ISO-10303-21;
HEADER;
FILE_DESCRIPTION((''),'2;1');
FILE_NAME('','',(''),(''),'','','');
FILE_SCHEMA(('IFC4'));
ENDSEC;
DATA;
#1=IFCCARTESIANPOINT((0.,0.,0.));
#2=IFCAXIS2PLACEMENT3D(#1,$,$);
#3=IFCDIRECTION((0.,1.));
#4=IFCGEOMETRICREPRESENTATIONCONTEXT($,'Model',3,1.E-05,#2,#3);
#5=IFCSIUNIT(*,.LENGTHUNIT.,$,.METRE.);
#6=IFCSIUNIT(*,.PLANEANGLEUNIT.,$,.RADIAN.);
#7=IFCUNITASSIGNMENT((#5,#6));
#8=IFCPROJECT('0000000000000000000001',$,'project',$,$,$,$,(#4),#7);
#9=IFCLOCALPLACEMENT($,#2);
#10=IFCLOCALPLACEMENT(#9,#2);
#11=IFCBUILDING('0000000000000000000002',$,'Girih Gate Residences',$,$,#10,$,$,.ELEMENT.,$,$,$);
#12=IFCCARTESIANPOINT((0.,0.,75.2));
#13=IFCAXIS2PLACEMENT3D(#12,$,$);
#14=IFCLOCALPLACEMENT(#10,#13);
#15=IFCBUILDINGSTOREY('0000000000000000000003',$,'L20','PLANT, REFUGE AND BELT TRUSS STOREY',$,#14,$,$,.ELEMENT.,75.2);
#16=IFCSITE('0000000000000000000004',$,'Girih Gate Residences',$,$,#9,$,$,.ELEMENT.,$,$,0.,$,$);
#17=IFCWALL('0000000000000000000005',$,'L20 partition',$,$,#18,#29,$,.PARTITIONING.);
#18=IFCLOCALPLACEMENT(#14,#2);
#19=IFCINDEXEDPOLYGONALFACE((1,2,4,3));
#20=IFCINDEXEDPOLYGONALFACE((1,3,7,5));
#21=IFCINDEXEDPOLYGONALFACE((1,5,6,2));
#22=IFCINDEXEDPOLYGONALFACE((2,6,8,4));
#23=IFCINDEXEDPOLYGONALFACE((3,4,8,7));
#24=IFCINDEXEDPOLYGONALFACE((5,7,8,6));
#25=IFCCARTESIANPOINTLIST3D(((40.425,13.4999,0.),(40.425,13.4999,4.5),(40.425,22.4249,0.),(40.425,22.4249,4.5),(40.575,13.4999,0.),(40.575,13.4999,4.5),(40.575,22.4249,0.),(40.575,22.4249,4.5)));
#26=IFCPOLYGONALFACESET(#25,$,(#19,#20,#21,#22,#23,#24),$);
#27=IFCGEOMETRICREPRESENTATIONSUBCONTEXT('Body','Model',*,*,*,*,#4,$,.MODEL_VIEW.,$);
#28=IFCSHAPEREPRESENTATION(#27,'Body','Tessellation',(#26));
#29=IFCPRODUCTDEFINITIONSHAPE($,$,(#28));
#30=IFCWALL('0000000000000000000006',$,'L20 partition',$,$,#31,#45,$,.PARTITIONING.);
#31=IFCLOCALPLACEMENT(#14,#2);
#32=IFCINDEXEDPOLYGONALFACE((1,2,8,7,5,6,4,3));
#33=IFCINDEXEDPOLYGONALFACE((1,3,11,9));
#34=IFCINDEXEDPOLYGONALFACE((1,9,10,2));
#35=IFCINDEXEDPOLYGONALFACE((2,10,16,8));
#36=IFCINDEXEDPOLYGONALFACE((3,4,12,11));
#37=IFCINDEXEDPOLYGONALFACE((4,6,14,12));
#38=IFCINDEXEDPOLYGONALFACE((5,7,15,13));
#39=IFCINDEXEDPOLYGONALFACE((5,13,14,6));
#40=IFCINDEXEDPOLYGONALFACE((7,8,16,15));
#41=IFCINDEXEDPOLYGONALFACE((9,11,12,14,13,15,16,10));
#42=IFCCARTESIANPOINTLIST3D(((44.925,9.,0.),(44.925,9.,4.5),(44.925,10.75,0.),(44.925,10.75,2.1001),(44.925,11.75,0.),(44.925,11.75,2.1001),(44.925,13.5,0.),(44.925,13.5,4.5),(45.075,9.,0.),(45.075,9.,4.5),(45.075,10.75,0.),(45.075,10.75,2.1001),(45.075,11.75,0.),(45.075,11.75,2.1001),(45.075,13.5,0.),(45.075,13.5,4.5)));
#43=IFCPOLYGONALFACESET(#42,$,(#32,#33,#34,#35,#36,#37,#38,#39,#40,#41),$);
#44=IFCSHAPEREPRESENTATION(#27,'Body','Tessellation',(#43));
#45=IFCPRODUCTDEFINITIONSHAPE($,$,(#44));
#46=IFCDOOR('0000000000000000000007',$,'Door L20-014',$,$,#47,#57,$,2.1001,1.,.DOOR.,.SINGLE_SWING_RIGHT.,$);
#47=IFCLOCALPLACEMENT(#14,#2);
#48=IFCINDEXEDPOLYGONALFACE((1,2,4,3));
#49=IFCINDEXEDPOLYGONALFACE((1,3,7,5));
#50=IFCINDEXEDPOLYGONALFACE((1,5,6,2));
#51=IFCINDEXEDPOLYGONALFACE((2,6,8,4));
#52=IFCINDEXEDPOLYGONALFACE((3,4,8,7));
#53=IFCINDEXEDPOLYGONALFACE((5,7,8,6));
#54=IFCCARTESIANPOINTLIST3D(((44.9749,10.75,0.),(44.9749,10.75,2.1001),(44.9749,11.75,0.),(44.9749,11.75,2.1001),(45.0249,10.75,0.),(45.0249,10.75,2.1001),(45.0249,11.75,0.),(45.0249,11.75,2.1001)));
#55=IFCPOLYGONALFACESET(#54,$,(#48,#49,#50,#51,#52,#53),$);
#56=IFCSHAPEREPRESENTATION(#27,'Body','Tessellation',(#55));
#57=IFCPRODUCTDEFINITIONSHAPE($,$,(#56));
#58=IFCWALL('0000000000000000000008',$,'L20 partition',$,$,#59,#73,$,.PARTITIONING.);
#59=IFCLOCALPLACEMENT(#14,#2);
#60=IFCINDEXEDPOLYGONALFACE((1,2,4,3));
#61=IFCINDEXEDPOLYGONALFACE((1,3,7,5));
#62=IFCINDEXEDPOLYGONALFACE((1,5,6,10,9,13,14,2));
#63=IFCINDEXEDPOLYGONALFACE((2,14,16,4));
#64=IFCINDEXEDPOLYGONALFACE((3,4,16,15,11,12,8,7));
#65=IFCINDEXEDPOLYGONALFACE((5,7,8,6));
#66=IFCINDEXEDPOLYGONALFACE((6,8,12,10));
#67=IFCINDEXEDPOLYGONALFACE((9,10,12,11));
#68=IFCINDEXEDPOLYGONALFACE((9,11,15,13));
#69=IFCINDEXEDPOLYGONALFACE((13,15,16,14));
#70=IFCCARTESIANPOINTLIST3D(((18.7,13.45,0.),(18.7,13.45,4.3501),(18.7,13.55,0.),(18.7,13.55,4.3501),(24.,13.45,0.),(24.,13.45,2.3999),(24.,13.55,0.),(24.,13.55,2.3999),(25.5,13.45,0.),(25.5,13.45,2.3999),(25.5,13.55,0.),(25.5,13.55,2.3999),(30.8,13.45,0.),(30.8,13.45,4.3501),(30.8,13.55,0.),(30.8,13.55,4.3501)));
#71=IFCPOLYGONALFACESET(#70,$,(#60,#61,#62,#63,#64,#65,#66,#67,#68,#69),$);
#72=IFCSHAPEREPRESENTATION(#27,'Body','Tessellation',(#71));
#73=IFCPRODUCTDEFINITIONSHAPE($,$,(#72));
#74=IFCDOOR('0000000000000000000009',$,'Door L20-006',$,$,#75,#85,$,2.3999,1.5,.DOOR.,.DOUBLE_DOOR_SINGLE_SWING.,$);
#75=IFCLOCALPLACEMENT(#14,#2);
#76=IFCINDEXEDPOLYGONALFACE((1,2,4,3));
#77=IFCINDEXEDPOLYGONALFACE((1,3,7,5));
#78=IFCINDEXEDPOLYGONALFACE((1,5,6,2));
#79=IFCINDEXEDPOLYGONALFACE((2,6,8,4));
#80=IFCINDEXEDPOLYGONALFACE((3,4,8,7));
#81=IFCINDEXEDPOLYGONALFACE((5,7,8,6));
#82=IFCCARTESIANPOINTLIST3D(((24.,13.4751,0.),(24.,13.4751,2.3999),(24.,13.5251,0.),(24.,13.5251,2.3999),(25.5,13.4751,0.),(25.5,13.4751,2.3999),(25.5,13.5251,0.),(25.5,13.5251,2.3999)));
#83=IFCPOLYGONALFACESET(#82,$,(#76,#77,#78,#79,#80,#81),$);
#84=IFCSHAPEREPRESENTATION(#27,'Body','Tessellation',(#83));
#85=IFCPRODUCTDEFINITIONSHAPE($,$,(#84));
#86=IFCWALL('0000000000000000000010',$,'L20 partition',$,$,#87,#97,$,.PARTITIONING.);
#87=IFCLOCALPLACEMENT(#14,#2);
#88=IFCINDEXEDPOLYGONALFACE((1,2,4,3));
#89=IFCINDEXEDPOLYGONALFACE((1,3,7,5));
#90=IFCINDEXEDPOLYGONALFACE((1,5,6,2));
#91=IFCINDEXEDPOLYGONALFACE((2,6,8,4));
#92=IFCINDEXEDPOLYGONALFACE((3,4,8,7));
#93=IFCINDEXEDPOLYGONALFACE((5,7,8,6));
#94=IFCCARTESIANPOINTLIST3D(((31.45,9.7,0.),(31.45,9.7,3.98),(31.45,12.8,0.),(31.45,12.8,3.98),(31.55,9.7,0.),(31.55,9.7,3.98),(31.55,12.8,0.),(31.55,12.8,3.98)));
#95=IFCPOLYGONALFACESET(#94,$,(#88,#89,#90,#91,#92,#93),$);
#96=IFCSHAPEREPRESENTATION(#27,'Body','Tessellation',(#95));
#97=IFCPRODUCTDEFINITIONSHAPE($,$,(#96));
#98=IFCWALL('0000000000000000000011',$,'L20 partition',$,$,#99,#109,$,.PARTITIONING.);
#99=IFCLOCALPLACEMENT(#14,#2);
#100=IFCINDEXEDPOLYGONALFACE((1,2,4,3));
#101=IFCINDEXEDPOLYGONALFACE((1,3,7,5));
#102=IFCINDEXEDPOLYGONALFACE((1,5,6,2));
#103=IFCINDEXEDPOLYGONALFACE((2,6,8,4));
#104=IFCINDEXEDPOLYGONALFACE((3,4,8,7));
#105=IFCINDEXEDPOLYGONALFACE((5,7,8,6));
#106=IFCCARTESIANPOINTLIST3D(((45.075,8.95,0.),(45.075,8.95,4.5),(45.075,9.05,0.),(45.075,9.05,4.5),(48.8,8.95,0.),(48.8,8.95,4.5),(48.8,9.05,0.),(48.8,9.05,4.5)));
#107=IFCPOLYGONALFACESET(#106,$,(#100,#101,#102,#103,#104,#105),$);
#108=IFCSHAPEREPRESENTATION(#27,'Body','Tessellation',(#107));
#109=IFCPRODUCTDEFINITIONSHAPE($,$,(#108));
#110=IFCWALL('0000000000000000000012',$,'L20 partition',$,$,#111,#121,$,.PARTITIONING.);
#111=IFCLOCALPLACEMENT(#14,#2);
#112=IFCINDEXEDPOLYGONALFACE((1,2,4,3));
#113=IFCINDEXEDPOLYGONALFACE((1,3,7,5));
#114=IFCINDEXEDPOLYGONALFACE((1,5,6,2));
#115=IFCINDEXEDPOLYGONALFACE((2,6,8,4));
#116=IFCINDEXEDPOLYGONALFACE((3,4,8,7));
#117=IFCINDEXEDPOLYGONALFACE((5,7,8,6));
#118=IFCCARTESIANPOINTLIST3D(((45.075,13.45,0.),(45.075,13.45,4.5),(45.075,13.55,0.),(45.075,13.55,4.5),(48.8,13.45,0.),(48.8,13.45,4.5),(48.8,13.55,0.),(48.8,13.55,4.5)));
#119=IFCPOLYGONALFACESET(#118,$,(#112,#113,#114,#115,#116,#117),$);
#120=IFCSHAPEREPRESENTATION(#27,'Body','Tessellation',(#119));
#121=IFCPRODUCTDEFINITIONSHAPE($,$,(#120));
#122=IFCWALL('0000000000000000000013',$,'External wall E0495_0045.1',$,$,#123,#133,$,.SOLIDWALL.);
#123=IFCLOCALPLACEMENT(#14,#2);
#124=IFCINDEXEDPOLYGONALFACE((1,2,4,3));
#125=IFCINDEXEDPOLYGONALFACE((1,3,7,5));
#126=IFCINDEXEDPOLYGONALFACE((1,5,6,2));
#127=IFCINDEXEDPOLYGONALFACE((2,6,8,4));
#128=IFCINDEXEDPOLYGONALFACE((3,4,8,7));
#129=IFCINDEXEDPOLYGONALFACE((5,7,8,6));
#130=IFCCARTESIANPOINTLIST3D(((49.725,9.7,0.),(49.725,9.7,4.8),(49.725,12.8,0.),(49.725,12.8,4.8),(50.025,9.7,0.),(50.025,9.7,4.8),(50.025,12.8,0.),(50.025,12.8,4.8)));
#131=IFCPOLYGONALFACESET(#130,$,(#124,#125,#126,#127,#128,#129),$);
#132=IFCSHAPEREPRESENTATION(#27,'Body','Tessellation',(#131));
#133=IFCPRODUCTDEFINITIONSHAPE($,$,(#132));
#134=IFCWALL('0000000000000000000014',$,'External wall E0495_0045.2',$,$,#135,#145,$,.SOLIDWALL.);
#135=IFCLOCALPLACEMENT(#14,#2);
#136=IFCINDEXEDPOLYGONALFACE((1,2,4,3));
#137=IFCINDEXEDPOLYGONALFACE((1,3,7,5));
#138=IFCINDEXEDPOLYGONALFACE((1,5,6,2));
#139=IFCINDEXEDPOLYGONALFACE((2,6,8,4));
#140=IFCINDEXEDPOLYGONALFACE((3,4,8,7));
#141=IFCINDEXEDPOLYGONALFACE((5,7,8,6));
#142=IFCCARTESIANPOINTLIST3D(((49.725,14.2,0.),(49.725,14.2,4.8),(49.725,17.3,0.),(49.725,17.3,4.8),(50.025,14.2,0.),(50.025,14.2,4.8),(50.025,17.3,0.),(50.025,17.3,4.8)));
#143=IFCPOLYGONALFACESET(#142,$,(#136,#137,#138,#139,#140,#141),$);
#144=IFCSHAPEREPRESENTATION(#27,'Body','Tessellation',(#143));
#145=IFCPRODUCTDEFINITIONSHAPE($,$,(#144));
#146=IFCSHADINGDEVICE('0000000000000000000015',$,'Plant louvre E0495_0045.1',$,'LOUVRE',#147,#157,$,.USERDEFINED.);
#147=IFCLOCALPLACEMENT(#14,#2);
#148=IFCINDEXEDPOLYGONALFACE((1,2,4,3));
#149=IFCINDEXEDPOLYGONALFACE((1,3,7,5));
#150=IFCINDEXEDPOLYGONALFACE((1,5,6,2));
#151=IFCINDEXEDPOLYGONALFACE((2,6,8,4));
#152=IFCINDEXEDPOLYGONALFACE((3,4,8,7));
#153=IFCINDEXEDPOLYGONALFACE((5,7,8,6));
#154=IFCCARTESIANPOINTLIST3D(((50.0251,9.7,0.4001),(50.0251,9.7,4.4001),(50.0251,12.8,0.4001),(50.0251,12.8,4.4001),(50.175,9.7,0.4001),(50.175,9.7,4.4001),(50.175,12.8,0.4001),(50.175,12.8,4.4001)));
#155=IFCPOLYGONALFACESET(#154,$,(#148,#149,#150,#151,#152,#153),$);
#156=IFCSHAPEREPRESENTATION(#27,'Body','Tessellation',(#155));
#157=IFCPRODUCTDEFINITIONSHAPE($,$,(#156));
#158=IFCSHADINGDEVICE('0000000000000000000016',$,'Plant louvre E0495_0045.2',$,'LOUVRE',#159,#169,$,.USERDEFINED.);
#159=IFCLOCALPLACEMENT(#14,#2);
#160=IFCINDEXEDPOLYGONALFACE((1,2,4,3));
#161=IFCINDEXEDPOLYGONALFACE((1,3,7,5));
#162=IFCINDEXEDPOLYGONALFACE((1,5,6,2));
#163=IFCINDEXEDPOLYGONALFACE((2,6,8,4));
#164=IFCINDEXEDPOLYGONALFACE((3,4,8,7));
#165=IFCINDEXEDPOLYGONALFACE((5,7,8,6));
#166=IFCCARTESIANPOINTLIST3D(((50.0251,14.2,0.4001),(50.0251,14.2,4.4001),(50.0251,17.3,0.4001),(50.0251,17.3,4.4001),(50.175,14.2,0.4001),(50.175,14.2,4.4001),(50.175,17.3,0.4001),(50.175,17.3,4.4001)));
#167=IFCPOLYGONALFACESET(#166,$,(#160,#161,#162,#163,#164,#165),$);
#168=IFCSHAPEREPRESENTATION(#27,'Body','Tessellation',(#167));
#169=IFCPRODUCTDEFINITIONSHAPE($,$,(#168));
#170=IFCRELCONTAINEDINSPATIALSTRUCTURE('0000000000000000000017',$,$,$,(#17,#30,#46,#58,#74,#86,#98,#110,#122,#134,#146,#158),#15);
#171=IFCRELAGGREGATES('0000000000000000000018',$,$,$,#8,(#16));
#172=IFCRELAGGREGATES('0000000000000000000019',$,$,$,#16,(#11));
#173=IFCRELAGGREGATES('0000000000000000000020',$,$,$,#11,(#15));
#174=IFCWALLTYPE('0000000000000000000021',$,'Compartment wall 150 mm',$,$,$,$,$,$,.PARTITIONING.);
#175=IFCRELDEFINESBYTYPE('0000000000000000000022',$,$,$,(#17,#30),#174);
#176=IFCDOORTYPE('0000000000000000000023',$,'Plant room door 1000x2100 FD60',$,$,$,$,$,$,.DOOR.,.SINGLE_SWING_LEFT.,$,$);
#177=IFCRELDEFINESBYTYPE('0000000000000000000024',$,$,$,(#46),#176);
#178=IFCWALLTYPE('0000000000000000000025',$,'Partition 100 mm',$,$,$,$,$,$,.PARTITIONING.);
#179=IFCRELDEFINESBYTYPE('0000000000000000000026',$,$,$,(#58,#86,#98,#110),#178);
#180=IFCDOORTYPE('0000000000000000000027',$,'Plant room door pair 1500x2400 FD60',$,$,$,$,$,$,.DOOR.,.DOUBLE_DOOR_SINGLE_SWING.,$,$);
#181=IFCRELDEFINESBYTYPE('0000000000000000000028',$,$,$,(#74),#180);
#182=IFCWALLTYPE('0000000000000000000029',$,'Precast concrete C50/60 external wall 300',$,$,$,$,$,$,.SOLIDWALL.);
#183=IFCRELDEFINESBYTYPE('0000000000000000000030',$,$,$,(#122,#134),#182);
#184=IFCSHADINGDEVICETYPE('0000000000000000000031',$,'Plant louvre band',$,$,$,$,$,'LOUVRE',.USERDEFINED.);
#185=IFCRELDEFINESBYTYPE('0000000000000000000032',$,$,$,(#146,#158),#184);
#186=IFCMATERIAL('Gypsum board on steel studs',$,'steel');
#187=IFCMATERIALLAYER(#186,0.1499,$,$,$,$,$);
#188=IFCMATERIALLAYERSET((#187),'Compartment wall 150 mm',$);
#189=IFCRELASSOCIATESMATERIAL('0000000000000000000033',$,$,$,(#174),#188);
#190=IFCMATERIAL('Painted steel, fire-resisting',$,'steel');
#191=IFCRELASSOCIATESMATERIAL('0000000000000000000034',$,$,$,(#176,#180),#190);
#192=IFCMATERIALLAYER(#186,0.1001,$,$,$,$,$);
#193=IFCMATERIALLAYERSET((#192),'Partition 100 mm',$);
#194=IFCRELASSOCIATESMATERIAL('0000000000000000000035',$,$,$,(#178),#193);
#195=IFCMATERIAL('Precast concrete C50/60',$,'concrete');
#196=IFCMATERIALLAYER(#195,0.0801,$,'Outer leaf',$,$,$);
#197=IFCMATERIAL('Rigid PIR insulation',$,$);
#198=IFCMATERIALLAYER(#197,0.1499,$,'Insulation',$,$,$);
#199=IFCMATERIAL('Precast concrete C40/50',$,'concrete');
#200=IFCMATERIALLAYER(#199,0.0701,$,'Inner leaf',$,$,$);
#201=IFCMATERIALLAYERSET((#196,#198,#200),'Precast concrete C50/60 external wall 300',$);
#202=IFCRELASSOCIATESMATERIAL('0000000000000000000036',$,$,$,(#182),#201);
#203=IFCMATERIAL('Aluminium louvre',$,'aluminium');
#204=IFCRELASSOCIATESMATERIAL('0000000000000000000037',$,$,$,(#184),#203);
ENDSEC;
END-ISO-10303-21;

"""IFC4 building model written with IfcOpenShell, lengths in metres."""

from ifc_helpers import new_model, si_unit, direction, frame, frame_2d, origin, origin_2d, place, context, subcontext, project, spatial, rectangle, extrude, material, layer, layer_set, type_object, element, fill, save


model = new_model("IFC4")

# Units and contexts
model_context = context("Model", 3, precision=1e-05, world=origin(), true_north=direction((0.0, 1.0)))
body_context = subcontext(model_context, "Body", "Model", "MODEL_VIEW")
ifc_project = project(units=[si_unit("LENGTHUNIT", "METRE"), si_unit("PLANEANGLEUNIT", "RADIAN")], contexts=[model_context])

# Site, building, storey
site_placement = place(None, origin())
site = spatial("IfcSite", under=ifc_project, at=site_placement, Name="Girih Gate Residences", CompositionType="ELEMENT", RefElevation=0.0)
building_placement = place(site_placement, origin())
building = spatial("IfcBuilding", under=site, at=building_placement, Name="Girih Gate Residences", CompositionType="ELEMENT")
storey_placement = place(building_placement, frame((0.0, 0.0, 75.2)))
storey = spatial("IfcBuildingStorey", under=building, at=storey_placement, Name="L20", Description="PLANT, REFUGE AND BELT TRUSS STOREY", CompositionType="ELEMENT", Elevation=75.2)

# Wall
ifc_material_1 = material(Name="Gypsum board on steel studs", Category="steel")
ifc_layer_1 = layer(ifc_material_1, 0.1499)
ifc_layer_set_1 = layer_set([ifc_layer_1], Name="Compartment wall 150 mm")
wall_type_1 = type_object("IfcWallType", Name="Compartment wall 150 mm", PredefinedType="PARTITIONING", material=ifc_layer_set_1)
wall_1_placement = place(storey_placement, frame((40.5, 13.5, 0.0), z_axis=(0.0, 0.0, 1.0), x_axis=(0.0, 1.0, 0.0)))
element("IfcWall", 1, at=wall_1_placement, inside=storey, type_object=wall_type_1, Name="L20 partition", PredefinedType="PARTITIONING", context=body_context, shape_type="SweptSolid", body=[
    extrude(rectangle(XDim=8.925, YDim=0.1499, at=frame_2d((4.4624, 0.0))), origin(), (0.0, 0.0, 1.0), 4.5),
])

# Walls, openings, doors
wall_2_placement = place(storey_placement, frame((45.0, 13.5, 0.0), z_axis=(0.0, 0.0, 1.0), x_axis=(0.0, -1.0, 0.0)))
wall_2 = element("IfcWall", 2, at=wall_2_placement, inside=storey, type_object=wall_type_1, Name="L20 partition", PredefinedType="PARTITIONING", context=body_context, shape_type="SweptSolid", body=[
    extrude(rectangle(XDim=4.5, YDim=0.1499, at=frame_2d((2.25, 0.0))), origin(), (0.0, 0.0, 1.0), 4.5),
])
opening_1_placement = place(wall_2_placement, frame((1.75, 0.0, 0.0)))
opening_1 = element("IfcOpeningElement", 3, at=opening_1_placement, cuts=wall_2, PredefinedType="OPENING", context=body_context, shape_type="SweptSolid", body=[
    extrude(rectangle(XDim=1.0, YDim=2.1001, at=frame_2d((0.5, 1.05))), frame((0.0, 0.085, 0.0), z_axis=(0.0, -1.0, 0.0), x_axis=(1.0, 0.0, 0.0)), (0.0, 0.0, 1.0), 0.1699),
])
ifc_material_2 = material(Name="Painted steel, fire-resisting", Category="steel")
door_type_1 = type_object("IfcDoorType", Name="Plant room door 1000x2100 FD60", OperationType="SINGLE_SWING_LEFT", PredefinedType="DOOR", material=ifc_material_2)
door_1_placement = place(opening_1_placement, origin())
door_1 = element("IfcDoor", 4, at=door_1_placement, inside=storey, type_object=door_type_1, Name="Door L20-014", OperationType="SINGLE_SWING_RIGHT", OverallHeight=2.1001, OverallWidth=1.0, PredefinedType="DOOR", context=body_context, shape_type="SweptSolid", body=[
    extrude(rectangle(XDim=1.0, YDim=2.1001, at=frame_2d((0.5, 1.05))), frame((0.0, 0.0249, 0.0), z_axis=(0.0, -1.0, 0.0), x_axis=(1.0, 0.0, 0.0)), (0.0, 0.0, 1.0), 0.05),
])
fill(opening_1, door_1)
ifc_layer_2 = layer(ifc_material_1, 0.1001)
ifc_layer_set_2 = layer_set([ifc_layer_2], Name="Partition 100 mm")
wall_type_2 = type_object("IfcWallType", Name="Partition 100 mm", PredefinedType="PARTITIONING", material=ifc_layer_set_2)
wall_3_placement = place(storey_placement, frame((30.8, 13.5, 0.0), z_axis=(0.0, 0.0, 1.0), x_axis=(-1.0, 0.0, 0.0)))
wall_3 = element("IfcWall", 5, at=wall_3_placement, inside=storey, type_object=wall_type_2, Name="L20 partition", PredefinedType="PARTITIONING", context=body_context, shape_type="SweptSolid", body=[
    extrude(rectangle(XDim=12.1001, YDim=0.1001, at=frame_2d((6.05, 0.0))), origin(), (0.0, 0.0, 1.0), 4.3501),
])
opening_2_placement = place(wall_3_placement, frame((5.3, 0.0, 0.0)))
opening_2 = element("IfcOpeningElement", 6, at=opening_2_placement, cuts=wall_3, PredefinedType="OPENING", context=body_context, shape_type="SweptSolid", body=[
    extrude(rectangle(XDim=1.5, YDim=2.3999, at=frame_2d((0.75, 1.2))), frame((0.0, 0.0601, 0.0), z_axis=(0.0, -1.0, 0.0), x_axis=(1.0, 0.0, 0.0)), (0.0, 0.0, 1.0), 0.1201),
])
door_type_2 = type_object("IfcDoorType", Name="Plant room door pair 1500x2400 FD60", OperationType="DOUBLE_DOOR_SINGLE_SWING", PredefinedType="DOOR", material=ifc_material_2)
door_2_placement = place(opening_2_placement, origin())
door_2 = element("IfcDoor", 7, at=door_2_placement, inside=storey, type_object=door_type_2, Name="Door L20-006", OperationType="DOUBLE_DOOR_SINGLE_SWING", OverallHeight=2.3999, OverallWidth=1.5, PredefinedType="DOOR", context=body_context, shape_type="SweptSolid", body=[
    extrude(rectangle(XDim=1.5, YDim=2.3999, at=frame_2d((0.75, 1.2))), frame((0.0, 0.0249, 0.0), z_axis=(0.0, -1.0, 0.0), x_axis=(1.0, 0.0, 0.0)), (0.0, 0.0, 1.0), 0.05),
])
fill(opening_2, door_2)

# Walls
wall_4_placement = place(storey_placement, frame((31.5, 9.7, 0.0), z_axis=(0.0, 0.0, 1.0), x_axis=(0.0, 1.0, 0.0)))
element("IfcWall", 8, at=wall_4_placement, inside=storey, type_object=wall_type_2, Name="L20 partition", PredefinedType="PARTITIONING", context=body_context, shape_type="SweptSolid", body=[
    extrude(rectangle(XDim=3.1001, YDim=0.1001, at=frame_2d((1.55, 0.0))), origin(), (0.0, 0.0, 1.0), 3.98),
])
for number, where, z_axis, x_axis, name in (
    (9, (45.075, 9.0, 0.0), (0.0, 0.0, 1.0), (1.0, 0.0, 0.0), "L20 partition"),
    (10, (45.075, 13.5, 0.0), (0.0, 0.0, 1.0), (1.0, 0.0, 0.0), "L20 partition"),
):
    element("IfcWall", number, at=place(storey_placement, frame(where, z_axis=z_axis, x_axis=x_axis)), inside=storey, type_object=wall_type_2, Name=name, PredefinedType="PARTITIONING", context=body_context, shape_type="SweptSolid", body=[
        extrude(rectangle(XDim=3.7251, YDim=0.1001, at=frame_2d((1.8625, 0.0))), origin(), (0.0, 0.0, 1.0), 4.5),
    ])
ifc_material_3 = material(Name="Precast concrete C50/60", Category="concrete")
ifc_layer_3 = layer(ifc_material_3, 0.0801, Name="Outer leaf")
ifc_material_4 = material(Name="Rigid PIR insulation")
ifc_layer_4 = layer(ifc_material_4, 0.1499, Name="Insulation")
ifc_material_5 = material(Name="Precast concrete C40/50", Category="concrete")
ifc_layer_5 = layer(ifc_material_5, 0.0701, Name="Inner leaf")
ifc_layer_set_3 = layer_set([ifc_layer_3, ifc_layer_4, ifc_layer_5], Name="Precast concrete C50/60 external wall 300")
wall_type_3 = type_object("IfcWallType", Name="Precast concrete C50/60 external wall 300", PredefinedType="SOLIDWALL", material=ifc_layer_set_3)
for number, where, z_axis, x_axis, name in (
    (11, (49.875, 12.8, 0.0), (0.0, 0.0, 1.0), (0.0, -1.0, 0.0), "External wall E0495_0045.1"),
    (12, (49.875, 17.3, 0.0), (0.0, 0.0, 1.0), (0.0, -1.0, 0.0), "External wall E0495_0045.2"),
):
    element("IfcWall", number, at=place(storey_placement, frame(where, z_axis=z_axis, x_axis=x_axis)), inside=storey, type_object=wall_type_3, Name=name, PredefinedType="SOLIDWALL", context=body_context, shape_type="SweptSolid", body=[
        extrude(rectangle(XDim=3.1001, YDim=0.3, at=frame_2d((1.55, 0.0))), origin(), (0.0, 0.0, 1.0), 4.8),
    ])

# Shading devices
ifc_material_6 = material(Name="Aluminium louvre", Category="aluminium")
shading_device_type = type_object("IfcShadingDeviceType", Name="Plant louvre band", ElementType="LOUVRE", PredefinedType="USERDEFINED", material=ifc_material_6)
for number, where, z_axis, x_axis, name in (
    (13, (50.1001, 11.25, 0.4001), (0.0, 0.0, 1.0), (0.0, 1.0, 0.0), "Plant louvre E0495_0045.1"),
    (14, (50.1001, 15.75, 0.4001), (0.0, 0.0, 1.0), (0.0, 1.0, 0.0), "Plant louvre E0495_0045.2"),
):
    element("IfcShadingDevice", number, at=place(storey_placement, frame(where, z_axis=z_axis, x_axis=x_axis)), inside=storey, type_object=shading_device_type, Name=name, ObjectType="LOUVRE", PredefinedType="USERDEFINED", context=body_context, shape_type="SweptSolid", body=[
        extrude(rectangle(XDim=3.1001, YDim=0.1499, at=origin_2d()), origin(), (0.0, 0.0, 1.0), 4.0),
    ])

save(model, "model.ifc")
